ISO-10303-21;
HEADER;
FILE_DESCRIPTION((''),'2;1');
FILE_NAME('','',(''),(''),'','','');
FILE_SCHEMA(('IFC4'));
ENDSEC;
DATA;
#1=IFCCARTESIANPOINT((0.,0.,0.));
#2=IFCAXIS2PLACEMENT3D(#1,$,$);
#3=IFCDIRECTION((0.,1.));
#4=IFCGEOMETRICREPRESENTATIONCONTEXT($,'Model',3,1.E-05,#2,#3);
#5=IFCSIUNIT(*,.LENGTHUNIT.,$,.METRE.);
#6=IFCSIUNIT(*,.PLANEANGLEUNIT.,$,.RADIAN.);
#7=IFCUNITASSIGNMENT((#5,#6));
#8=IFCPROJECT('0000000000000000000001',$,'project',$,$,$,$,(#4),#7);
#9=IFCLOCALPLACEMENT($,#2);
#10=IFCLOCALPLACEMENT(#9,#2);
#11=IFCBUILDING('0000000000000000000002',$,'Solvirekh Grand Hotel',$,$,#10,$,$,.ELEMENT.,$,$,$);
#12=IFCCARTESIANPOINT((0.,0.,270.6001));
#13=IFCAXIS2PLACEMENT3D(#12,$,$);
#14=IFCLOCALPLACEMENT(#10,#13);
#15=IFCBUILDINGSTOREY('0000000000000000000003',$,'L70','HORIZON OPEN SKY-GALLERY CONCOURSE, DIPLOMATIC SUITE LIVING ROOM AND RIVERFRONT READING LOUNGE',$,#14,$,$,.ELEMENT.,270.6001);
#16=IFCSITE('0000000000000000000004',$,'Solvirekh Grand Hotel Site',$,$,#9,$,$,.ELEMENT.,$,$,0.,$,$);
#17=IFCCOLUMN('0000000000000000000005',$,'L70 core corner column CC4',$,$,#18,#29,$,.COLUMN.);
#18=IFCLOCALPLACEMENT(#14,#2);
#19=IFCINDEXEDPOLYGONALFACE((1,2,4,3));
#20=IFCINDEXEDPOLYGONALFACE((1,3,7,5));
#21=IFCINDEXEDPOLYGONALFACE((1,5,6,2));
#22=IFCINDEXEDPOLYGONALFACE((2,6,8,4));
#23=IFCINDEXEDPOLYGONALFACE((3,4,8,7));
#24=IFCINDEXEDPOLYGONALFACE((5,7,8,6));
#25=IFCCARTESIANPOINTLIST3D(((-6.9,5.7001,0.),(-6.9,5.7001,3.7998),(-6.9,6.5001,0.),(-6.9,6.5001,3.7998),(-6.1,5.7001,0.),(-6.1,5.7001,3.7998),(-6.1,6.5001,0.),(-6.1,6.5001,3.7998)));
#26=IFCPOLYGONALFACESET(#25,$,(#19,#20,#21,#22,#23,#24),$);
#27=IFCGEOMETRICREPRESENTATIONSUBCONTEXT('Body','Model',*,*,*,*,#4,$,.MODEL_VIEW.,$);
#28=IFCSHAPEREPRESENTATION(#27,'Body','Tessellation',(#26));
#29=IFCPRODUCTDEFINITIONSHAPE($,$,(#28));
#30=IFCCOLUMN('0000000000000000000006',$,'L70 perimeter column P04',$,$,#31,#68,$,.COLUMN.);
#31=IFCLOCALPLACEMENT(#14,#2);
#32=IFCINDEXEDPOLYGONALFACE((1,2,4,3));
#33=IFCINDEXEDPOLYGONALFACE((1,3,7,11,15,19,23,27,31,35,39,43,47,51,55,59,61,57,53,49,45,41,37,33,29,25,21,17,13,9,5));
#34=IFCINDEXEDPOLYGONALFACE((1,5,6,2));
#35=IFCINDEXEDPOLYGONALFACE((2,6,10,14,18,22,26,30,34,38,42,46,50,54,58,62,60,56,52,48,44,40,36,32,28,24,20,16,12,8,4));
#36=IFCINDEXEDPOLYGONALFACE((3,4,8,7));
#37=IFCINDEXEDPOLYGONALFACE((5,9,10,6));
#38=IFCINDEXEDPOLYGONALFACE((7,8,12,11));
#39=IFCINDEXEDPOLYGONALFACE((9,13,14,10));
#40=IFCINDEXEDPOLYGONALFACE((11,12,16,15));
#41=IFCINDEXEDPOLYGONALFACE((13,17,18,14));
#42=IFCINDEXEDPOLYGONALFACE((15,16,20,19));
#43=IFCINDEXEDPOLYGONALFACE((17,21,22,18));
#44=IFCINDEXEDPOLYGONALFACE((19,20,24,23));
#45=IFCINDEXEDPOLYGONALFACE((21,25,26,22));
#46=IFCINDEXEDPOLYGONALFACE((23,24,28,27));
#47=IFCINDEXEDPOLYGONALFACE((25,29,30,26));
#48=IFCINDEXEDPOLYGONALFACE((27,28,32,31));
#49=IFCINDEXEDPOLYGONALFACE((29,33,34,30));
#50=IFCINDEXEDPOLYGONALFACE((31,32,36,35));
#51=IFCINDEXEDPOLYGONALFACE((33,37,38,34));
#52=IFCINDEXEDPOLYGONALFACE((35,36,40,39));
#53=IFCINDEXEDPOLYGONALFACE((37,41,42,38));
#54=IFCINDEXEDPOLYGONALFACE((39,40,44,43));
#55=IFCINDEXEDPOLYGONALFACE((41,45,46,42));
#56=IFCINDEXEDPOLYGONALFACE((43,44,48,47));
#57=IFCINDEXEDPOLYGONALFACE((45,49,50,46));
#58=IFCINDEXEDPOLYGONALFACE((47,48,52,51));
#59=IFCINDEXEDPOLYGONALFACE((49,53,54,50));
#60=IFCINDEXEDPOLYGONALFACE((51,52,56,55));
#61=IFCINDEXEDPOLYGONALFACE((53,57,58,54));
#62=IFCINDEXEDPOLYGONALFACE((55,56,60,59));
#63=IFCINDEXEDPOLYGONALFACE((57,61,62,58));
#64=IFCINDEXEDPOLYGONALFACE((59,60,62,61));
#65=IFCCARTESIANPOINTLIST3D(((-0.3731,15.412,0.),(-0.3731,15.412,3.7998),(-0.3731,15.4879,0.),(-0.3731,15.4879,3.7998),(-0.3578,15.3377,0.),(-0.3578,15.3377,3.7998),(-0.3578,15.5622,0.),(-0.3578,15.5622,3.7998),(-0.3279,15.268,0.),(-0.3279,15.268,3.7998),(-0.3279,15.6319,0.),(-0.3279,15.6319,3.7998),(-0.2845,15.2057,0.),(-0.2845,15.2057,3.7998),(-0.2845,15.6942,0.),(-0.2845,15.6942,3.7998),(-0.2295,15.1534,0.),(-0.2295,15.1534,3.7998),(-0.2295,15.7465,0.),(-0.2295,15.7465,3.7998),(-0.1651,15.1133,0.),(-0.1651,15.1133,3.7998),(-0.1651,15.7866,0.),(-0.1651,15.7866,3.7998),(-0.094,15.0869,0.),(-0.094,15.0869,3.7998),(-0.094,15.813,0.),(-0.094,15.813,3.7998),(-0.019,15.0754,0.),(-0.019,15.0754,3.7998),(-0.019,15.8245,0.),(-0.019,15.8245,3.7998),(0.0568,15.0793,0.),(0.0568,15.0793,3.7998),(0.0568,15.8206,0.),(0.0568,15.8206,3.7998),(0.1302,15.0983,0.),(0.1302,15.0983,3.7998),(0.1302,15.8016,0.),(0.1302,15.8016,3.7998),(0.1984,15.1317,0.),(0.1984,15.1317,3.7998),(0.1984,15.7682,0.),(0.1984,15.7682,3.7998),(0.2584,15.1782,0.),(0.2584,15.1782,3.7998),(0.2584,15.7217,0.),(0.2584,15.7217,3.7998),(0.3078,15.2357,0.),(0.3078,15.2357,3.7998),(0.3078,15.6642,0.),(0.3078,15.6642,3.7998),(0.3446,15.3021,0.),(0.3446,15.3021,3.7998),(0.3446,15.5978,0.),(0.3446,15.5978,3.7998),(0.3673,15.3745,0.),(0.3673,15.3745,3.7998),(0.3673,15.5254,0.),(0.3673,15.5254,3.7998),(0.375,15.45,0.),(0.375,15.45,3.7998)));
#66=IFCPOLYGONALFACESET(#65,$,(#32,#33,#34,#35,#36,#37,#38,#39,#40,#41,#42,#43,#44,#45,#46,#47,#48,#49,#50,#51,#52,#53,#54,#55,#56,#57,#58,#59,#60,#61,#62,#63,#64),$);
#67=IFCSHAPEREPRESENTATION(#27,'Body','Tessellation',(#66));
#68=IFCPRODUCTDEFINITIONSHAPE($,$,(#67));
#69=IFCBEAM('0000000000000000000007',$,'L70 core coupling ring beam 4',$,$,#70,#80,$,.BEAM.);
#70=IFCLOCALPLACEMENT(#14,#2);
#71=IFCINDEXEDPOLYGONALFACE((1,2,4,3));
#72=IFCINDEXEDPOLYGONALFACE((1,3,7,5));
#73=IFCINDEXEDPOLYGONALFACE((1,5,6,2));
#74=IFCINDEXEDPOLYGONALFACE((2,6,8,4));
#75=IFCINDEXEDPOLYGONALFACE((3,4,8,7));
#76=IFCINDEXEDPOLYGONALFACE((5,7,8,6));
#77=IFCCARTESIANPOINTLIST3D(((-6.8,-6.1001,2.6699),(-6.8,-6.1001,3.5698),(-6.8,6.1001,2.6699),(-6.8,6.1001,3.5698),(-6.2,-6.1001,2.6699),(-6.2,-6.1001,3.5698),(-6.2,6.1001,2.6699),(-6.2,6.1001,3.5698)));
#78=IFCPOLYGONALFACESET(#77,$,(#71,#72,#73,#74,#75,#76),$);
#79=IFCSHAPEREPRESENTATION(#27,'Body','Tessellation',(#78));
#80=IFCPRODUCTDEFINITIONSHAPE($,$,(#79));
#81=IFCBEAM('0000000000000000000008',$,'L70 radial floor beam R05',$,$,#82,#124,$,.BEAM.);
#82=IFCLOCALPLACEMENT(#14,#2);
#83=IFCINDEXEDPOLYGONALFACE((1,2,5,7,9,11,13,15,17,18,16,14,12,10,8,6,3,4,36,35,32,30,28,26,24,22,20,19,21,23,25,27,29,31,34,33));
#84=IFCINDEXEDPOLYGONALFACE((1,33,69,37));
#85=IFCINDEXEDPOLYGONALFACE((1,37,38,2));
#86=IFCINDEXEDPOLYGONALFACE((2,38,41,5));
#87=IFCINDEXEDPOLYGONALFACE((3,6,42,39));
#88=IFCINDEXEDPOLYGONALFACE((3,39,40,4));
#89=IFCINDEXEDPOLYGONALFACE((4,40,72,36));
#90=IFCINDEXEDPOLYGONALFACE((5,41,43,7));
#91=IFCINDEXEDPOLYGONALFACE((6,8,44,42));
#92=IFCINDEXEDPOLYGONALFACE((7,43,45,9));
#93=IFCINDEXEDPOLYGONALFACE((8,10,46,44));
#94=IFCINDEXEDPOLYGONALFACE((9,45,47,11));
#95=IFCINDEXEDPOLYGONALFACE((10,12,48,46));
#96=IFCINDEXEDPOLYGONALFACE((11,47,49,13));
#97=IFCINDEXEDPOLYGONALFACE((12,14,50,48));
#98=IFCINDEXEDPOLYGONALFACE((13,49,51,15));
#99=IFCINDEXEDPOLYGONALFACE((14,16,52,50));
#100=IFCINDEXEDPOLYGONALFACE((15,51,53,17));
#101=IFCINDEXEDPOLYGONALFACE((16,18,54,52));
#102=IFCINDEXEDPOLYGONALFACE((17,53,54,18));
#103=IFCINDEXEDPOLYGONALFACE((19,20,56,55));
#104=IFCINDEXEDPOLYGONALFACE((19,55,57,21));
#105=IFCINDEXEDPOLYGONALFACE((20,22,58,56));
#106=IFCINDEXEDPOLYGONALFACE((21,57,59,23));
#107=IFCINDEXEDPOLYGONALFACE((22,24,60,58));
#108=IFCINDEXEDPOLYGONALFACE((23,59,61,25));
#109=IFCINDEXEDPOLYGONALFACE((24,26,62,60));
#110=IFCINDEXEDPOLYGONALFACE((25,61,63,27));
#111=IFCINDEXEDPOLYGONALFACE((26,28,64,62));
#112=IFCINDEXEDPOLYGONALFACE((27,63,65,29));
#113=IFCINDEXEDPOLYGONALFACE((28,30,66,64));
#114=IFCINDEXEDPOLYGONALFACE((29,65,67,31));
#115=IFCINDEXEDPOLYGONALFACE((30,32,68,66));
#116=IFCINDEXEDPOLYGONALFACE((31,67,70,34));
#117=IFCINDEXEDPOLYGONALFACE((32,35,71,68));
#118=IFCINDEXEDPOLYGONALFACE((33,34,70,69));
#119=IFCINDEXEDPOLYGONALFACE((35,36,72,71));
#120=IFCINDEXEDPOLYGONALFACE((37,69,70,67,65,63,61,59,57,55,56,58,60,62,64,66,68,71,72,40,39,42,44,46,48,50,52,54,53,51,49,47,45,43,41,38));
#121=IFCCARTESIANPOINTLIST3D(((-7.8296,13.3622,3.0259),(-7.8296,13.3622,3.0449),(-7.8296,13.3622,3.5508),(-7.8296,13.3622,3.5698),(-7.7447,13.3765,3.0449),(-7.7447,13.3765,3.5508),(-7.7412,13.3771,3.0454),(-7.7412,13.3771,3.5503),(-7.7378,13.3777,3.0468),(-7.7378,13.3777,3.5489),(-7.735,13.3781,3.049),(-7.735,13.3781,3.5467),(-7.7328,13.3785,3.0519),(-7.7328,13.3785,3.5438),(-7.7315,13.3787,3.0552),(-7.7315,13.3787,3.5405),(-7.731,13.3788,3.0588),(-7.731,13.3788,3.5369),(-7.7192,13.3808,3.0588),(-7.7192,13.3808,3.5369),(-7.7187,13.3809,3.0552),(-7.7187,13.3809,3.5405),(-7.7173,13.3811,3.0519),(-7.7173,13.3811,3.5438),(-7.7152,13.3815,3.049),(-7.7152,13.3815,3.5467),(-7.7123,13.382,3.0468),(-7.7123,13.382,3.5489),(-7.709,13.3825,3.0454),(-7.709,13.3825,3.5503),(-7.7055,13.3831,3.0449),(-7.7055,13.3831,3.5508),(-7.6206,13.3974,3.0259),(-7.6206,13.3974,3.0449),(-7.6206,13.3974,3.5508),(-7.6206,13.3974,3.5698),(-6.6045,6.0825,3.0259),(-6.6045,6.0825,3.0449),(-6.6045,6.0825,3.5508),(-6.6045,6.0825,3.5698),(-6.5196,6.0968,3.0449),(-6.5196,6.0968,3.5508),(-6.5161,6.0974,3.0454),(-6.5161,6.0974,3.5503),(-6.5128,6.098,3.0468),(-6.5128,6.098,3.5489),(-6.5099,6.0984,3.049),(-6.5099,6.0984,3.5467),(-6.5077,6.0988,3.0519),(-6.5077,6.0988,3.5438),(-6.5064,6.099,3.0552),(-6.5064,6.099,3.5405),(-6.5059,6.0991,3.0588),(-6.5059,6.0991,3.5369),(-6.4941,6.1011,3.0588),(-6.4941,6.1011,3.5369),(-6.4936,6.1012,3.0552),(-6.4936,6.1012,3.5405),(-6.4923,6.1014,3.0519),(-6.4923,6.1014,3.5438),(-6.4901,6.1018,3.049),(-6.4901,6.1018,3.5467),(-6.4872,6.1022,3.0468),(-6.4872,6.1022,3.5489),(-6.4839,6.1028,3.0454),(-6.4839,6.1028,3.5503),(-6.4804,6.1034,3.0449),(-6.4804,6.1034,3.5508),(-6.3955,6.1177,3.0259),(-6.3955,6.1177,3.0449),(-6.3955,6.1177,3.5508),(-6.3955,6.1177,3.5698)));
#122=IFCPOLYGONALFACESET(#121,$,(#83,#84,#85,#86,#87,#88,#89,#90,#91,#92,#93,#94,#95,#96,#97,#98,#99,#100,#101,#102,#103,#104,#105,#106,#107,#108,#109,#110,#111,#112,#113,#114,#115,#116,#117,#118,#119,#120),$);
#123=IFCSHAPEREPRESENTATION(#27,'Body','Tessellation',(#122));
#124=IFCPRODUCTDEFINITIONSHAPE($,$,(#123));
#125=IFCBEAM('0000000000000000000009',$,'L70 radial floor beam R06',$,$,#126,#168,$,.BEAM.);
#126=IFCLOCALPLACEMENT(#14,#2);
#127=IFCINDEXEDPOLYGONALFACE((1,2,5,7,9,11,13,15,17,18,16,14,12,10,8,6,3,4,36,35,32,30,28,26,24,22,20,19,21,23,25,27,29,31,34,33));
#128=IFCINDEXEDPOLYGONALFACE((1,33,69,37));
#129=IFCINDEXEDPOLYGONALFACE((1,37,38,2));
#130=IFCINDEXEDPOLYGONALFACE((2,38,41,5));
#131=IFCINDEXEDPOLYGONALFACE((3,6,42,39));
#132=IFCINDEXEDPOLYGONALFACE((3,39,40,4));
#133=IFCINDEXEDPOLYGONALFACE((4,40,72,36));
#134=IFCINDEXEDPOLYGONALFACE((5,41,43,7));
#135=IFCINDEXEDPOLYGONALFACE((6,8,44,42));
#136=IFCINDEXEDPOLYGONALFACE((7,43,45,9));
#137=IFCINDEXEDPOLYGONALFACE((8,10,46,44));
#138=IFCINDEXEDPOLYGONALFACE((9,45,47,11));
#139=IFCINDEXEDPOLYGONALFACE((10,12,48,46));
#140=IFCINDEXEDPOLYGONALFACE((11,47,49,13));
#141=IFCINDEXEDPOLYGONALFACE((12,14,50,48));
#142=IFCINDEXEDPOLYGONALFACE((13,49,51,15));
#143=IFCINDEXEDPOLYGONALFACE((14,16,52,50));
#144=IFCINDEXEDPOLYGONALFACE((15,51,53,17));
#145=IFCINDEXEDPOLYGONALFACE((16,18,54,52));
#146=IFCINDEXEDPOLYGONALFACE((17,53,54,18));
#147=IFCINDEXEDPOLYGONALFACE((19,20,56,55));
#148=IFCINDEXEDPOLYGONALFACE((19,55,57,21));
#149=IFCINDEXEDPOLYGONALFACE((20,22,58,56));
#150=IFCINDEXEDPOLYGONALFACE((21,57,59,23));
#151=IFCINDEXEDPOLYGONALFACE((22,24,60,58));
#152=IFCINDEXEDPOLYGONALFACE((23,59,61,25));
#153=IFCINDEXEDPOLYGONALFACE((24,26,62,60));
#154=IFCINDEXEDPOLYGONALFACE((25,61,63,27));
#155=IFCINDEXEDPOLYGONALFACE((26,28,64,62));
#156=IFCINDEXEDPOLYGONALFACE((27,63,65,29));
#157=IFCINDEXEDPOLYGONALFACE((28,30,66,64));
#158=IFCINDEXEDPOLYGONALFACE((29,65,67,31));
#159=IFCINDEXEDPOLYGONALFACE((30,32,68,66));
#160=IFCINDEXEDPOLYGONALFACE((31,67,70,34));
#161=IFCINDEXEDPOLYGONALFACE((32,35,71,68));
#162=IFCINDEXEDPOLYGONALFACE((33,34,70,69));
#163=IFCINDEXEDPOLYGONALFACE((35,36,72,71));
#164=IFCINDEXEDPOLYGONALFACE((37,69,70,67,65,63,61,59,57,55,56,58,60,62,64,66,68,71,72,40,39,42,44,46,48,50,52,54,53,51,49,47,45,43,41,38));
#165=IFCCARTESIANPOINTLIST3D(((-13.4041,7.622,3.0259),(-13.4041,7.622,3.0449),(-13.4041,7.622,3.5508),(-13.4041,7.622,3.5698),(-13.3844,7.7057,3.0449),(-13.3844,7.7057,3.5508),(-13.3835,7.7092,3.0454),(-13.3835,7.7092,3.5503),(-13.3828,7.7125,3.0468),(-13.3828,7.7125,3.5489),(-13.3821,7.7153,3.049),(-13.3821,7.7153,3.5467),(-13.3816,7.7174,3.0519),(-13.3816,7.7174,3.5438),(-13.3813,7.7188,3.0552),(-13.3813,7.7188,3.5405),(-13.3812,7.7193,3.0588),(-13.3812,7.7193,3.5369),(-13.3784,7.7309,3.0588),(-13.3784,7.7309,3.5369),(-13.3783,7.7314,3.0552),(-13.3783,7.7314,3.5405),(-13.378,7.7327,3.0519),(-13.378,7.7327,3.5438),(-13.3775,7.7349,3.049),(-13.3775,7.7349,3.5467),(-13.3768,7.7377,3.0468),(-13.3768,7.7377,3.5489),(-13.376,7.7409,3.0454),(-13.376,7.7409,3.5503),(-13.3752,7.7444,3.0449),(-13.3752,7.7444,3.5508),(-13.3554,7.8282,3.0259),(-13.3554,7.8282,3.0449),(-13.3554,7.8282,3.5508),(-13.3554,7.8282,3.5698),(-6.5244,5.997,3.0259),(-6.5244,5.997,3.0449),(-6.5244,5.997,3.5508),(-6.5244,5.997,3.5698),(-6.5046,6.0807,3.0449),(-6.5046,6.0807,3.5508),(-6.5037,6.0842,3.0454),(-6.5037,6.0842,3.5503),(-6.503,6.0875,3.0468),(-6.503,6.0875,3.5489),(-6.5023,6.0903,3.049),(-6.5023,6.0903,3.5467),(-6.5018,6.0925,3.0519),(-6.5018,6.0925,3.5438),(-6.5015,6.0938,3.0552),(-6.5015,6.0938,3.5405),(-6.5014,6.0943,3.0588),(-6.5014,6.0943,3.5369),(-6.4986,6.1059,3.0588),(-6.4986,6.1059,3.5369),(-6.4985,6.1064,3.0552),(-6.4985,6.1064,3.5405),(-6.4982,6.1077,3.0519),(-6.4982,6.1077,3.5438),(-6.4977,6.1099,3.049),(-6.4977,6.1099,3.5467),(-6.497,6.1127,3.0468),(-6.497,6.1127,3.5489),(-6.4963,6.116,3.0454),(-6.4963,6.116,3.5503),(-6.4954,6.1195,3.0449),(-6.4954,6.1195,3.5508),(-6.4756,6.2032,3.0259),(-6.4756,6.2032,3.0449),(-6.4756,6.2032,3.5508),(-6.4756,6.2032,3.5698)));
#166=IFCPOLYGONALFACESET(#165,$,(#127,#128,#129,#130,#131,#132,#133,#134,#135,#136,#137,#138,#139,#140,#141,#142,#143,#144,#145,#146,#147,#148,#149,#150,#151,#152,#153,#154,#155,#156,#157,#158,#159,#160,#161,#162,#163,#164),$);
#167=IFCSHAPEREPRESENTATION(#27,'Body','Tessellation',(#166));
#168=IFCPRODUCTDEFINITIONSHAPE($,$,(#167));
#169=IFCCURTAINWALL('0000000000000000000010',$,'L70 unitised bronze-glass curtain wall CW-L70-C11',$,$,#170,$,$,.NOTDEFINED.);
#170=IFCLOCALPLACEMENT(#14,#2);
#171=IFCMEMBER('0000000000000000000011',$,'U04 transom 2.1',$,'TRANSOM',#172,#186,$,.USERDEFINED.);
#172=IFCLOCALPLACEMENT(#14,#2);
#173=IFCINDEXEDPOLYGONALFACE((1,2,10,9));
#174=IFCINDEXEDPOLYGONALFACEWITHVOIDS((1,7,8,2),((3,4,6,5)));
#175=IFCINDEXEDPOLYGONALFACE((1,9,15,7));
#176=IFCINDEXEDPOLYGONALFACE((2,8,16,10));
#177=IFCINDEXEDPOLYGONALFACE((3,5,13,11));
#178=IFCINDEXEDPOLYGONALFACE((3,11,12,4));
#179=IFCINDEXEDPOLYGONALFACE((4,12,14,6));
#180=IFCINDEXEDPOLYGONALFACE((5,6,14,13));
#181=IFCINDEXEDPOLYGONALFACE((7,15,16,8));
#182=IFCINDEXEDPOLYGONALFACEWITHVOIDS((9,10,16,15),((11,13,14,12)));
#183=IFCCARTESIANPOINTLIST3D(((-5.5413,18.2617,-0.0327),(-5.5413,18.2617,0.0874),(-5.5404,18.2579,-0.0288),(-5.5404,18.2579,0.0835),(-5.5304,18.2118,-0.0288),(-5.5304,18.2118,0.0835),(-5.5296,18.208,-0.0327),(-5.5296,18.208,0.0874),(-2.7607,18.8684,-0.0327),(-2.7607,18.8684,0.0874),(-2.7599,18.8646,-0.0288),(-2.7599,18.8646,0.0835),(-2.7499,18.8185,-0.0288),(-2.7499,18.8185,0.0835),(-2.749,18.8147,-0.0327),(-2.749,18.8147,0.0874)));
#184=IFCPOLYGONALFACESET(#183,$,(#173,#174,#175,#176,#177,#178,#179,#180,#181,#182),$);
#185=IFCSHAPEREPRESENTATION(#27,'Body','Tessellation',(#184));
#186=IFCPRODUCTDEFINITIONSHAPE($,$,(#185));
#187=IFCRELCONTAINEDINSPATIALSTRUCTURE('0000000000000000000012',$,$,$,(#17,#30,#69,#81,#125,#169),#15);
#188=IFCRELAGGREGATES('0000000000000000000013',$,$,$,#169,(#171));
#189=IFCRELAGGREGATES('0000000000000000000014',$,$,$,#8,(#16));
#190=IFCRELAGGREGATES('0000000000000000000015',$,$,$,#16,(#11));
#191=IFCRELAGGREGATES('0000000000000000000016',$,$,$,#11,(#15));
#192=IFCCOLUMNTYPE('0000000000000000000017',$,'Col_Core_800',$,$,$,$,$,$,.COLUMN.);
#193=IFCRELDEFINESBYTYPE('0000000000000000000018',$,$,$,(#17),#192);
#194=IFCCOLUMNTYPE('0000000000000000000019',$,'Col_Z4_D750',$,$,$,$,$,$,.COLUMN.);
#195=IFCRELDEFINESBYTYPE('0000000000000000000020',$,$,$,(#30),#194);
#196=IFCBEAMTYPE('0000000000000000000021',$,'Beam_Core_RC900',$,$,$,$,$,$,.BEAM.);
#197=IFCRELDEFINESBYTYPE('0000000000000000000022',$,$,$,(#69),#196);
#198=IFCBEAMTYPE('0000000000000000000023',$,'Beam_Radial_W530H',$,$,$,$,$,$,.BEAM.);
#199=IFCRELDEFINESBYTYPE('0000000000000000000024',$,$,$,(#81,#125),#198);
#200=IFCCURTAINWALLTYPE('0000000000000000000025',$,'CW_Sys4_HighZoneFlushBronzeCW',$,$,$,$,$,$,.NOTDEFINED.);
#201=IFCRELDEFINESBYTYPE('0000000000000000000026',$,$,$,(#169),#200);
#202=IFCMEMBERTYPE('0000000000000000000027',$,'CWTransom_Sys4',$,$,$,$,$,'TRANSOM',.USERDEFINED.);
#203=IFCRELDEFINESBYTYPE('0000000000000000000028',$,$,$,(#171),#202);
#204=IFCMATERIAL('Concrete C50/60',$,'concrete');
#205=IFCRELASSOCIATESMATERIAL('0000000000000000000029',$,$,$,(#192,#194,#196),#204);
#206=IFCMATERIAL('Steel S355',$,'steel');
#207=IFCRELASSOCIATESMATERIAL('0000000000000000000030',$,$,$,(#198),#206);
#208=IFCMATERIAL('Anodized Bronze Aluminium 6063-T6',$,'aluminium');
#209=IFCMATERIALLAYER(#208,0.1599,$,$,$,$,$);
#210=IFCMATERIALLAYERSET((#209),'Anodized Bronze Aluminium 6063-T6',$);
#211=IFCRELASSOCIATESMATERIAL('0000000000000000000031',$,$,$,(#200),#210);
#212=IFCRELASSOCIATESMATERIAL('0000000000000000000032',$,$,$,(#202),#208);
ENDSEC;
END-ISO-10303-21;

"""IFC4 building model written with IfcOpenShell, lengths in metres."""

from ifc_helpers import new_model, si_unit, direction, frame, origin, origin_2d, place, context, subcontext, project, spatial, rectangle, hollow_rectangle, circle, i_section, extrude, source, transform, mapped, material, layer, layer_set, material_profile, profile_set, type_object, element, aggregate, save


model = new_model("IFC4")

# Units and contexts
model_context = context("Model", 3, precision=1e-05, world=origin(), true_north=direction((0.0, 1.0)))
body_context = subcontext(model_context, "Body", "Model", "MODEL_VIEW")
ifc_project = project(units=[si_unit("LENGTHUNIT", "METRE"), si_unit("PLANEANGLEUNIT", "RADIAN")], contexts=[model_context])

# Site, building, storey
site_placement = place(None, origin())
site = spatial("IfcSite", under=ifc_project, at=site_placement, Name="Solvirekh Grand Hotel Site", CompositionType="ELEMENT", RefElevation=0.0)
building_placement = place(site_placement, origin())
building = spatial("IfcBuilding", under=site, at=building_placement, Name="Solvirekh Grand Hotel", CompositionType="ELEMENT")
storey_placement = place(building_placement, frame((0.0, 0.0, 270.6001)))
storey = spatial("IfcBuildingStorey", under=building, at=storey_placement, Name="L70", Description="HORIZON OPEN SKY-GALLERY CONCOURSE, DIPLOMATIC SUITE LIVING ROOM AND RIVERFRONT READING LOUNGE", CompositionType="ELEMENT", Elevation=270.6001)

# Columns
ifc_material_1 = material(Name="Concrete C50/60", Category="concrete")
ifc_material_profile_1 = material_profile(ifc_material_1, rectangle(XDim=0.8, YDim=0.8, at=origin_2d()), Name="RC 800X800")
ifc_profile_set_1 = profile_set([ifc_material_profile_1], Name="Concrete C50/60")
column_type_1 = type_object("IfcColumnType", Name="Col_Core_800", PredefinedType="COLUMN", material=ifc_profile_set_1)
column_1_placement = place(storey_placement, frame((-6.5, 6.1001, 0.0), z_axis=(0.0, 0.0, 1.0), x_axis=(1.0, 0.0, 0.0)))
element("IfcColumn", 1, at=column_1_placement, inside=storey, type_object=column_type_1, Name="L70 core corner column CC4", PredefinedType="COLUMN", context=body_context, shape_type="SweptSolid", body=[
    extrude(rectangle(XDim=0.8, YDim=0.8, at=origin_2d()), origin(), (0.0, 0.0, 1.0), 3.7998),
])
ifc_material_profile_2 = material_profile(ifc_material_1, circle(Radius=0.375, at=origin_2d()), Name="RC CIRC D750")
ifc_profile_set_2 = profile_set([ifc_material_profile_2], Name="Concrete C50/60")
column_type_2 = type_object("IfcColumnType", Name="Col_Z4_D750", PredefinedType="COLUMN", material=ifc_profile_set_2)
column_2_placement = place(storey_placement, frame((0.0, 15.45, 0.0), z_axis=(0.0, 0.0, 1.0), x_axis=(1.0, 0.0, 0.0)))
element("IfcColumn", 2, at=column_2_placement, inside=storey, type_object=column_type_2, Name="L70 perimeter column P04", PredefinedType="COLUMN", context=body_context, shape_type="SweptSolid", body=[
    extrude(circle(Radius=0.375, at=origin_2d()), origin(), (0.0, 0.0, 1.0), 3.7998),
])

# Beams
ifc_material_profile_3 = material_profile(ifc_material_1, rectangle(XDim=0.6001, YDim=0.8999, at=origin_2d()), Name="RC BEAM 600X900")
ifc_profile_set_3 = profile_set([ifc_material_profile_3], Name="Concrete C50/60")
beam_type_1 = type_object("IfcBeamType", Name="Beam_Core_RC900", PredefinedType="BEAM", material=ifc_profile_set_3)
beam_1_placement = place(storey_placement, frame((-6.5, 6.1001, 3.1199), z_axis=(0.0, -1.0, 0.0), x_axis=(1.0, 0.0, 0.0)))
element("IfcBeam", 3, at=beam_1_placement, inside=storey, type_object=beam_type_1, Name="L70 core coupling ring beam 4", PredefinedType="BEAM", context=body_context, shape_type="SweptSolid", body=[
    extrude(rectangle(XDim=0.6001, YDim=0.8999, at=origin_2d()), origin(), (0.0, 0.0, 1.0), 12.2002),
])
ifc_material_2 = material(Name="Steel S355", Category="steel")
ifc_material_profile_4 = material_profile(ifc_material_2, i_section(OverallWidth=0.2119, OverallDepth=0.5439, WebThickness=0.012, FlangeThickness=0.019, FilletRadius=0.0139, at=origin_2d()), Name="W530X123")
ifc_profile_set_4 = profile_set([ifc_material_profile_4], Name="Steel S355")
beam_type_2 = type_object("IfcBeamType", Name="Beam_Radial_W530H", PredefinedType="BEAM", material=ifc_profile_set_4)
beam_2_placement = place(storey_placement, frame((-6.5, 6.1001, 3.2979), z_axis=(-0.165954, 0.986133, 0.0), x_axis=(-0.986133, -0.165954, 0.0)))
element("IfcBeam", 4, at=beam_2_placement, inside=storey, type_object=beam_type_2, Name="L70 radial floor beam R05", PredefinedType="BEAM", context=body_context, shape_type="SweptSolid", body=[
    extrude(i_section(OverallWidth=0.2119, OverallDepth=0.5439, WebThickness=0.012, FlangeThickness=0.019, FilletRadius=0.0139, at=origin_2d()), origin(), (0.0, 0.0, 1.0), 7.3821),
])
beam_3_placement = place(storey_placement, frame((-6.5, 6.1001, 3.2979), z_axis=(-0.973221, 0.229871, 0.0), x_axis=(-0.229871, -0.973221, 0.0)))
element("IfcBeam", 5, at=beam_3_placement, inside=storey, type_object=beam_type_2, Name="L70 radial floor beam R06", PredefinedType="BEAM", context=body_context, shape_type="SweptSolid", body=[
    extrude(i_section(OverallWidth=0.2119, OverallDepth=0.5439, WebThickness=0.012, FlangeThickness=0.019, FilletRadius=0.0139, at=origin_2d()), origin(), (0.0, 0.0, 1.0), 7.0691),
])

# Curtain wall, member
ifc_material_3 = material(Name="Anodized Bronze Aluminium 6063-T6", Category="aluminium")
ifc_layer_1 = layer(ifc_material_3, 0.1599)
ifc_layer_set_1 = layer_set([ifc_layer_1], Name="Anodized Bronze Aluminium 6063-T6")
curtain_wall_type = type_object("IfcCurtainWallType", Name="CW_Sys4_HighZoneFlushBronzeCW", PredefinedType="NOTDEFINED", material=ifc_layer_set_1)
curtain_wall_placement = place(storey_placement, origin())
curtain_wall = element("IfcCurtainWall", 6, at=curtain_wall_placement, inside=storey, type_object=curtain_wall_type, Name="L70 unitised bronze-glass curtain wall CW-L70-C11", PredefinedType="NOTDEFINED")
ifc_material_profile_5 = material_profile(ifc_material_3, hollow_rectangle(XDim=0.0549, YDim=0.1201, WallThickness=0.0039, at=origin_2d()), Name="ALU RHS 120X55X4")
ifc_profile_set_5 = profile_set([ifc_material_profile_5], Name="Anodized Bronze Aluminium 6063-T6")
member_type_1 = type_object("IfcMemberType", Name="CWTransom_Sys4", ElementType="TRANSOM", PredefinedType="USERDEFINED", material=ifc_profile_set_5)
shared_shape_1 = source(origin(), body_context, "Body", "SweptSolid", [
    extrude(hollow_rectangle(XDim=0.0549, YDim=0.1201, WallThickness=0.0039, at=origin_2d()), origin(), (0.0, 0.0, 1.0), 2.8459),
])
member_1_placement = place(storey_placement, frame((-2.7549, 18.8416, 0.0273), z_axis=(-0.977013, -0.213177, 0.0), x_axis=(0.213177, -0.977013, 0.0)))
member_1 = element("IfcMember", 7, at=member_1_placement, type_object=member_type_1, Name="U04 transom 2.1", ObjectType="TRANSOM", PredefinedType="USERDEFINED", context=body_context, shape_type="MappedRepresentation", body=[
    mapped(shared_shape_1, transform((0.0, 0.0, 0.0), x_axis=(1.0, 0.0, 0.0), y_axis=(0.0, 1.0, 0.0), z_axis=(0.0, 0.0, 1.0), scale=1.0)),
])
aggregate(curtain_wall, [member_1])

save(model, "model.ifc")
